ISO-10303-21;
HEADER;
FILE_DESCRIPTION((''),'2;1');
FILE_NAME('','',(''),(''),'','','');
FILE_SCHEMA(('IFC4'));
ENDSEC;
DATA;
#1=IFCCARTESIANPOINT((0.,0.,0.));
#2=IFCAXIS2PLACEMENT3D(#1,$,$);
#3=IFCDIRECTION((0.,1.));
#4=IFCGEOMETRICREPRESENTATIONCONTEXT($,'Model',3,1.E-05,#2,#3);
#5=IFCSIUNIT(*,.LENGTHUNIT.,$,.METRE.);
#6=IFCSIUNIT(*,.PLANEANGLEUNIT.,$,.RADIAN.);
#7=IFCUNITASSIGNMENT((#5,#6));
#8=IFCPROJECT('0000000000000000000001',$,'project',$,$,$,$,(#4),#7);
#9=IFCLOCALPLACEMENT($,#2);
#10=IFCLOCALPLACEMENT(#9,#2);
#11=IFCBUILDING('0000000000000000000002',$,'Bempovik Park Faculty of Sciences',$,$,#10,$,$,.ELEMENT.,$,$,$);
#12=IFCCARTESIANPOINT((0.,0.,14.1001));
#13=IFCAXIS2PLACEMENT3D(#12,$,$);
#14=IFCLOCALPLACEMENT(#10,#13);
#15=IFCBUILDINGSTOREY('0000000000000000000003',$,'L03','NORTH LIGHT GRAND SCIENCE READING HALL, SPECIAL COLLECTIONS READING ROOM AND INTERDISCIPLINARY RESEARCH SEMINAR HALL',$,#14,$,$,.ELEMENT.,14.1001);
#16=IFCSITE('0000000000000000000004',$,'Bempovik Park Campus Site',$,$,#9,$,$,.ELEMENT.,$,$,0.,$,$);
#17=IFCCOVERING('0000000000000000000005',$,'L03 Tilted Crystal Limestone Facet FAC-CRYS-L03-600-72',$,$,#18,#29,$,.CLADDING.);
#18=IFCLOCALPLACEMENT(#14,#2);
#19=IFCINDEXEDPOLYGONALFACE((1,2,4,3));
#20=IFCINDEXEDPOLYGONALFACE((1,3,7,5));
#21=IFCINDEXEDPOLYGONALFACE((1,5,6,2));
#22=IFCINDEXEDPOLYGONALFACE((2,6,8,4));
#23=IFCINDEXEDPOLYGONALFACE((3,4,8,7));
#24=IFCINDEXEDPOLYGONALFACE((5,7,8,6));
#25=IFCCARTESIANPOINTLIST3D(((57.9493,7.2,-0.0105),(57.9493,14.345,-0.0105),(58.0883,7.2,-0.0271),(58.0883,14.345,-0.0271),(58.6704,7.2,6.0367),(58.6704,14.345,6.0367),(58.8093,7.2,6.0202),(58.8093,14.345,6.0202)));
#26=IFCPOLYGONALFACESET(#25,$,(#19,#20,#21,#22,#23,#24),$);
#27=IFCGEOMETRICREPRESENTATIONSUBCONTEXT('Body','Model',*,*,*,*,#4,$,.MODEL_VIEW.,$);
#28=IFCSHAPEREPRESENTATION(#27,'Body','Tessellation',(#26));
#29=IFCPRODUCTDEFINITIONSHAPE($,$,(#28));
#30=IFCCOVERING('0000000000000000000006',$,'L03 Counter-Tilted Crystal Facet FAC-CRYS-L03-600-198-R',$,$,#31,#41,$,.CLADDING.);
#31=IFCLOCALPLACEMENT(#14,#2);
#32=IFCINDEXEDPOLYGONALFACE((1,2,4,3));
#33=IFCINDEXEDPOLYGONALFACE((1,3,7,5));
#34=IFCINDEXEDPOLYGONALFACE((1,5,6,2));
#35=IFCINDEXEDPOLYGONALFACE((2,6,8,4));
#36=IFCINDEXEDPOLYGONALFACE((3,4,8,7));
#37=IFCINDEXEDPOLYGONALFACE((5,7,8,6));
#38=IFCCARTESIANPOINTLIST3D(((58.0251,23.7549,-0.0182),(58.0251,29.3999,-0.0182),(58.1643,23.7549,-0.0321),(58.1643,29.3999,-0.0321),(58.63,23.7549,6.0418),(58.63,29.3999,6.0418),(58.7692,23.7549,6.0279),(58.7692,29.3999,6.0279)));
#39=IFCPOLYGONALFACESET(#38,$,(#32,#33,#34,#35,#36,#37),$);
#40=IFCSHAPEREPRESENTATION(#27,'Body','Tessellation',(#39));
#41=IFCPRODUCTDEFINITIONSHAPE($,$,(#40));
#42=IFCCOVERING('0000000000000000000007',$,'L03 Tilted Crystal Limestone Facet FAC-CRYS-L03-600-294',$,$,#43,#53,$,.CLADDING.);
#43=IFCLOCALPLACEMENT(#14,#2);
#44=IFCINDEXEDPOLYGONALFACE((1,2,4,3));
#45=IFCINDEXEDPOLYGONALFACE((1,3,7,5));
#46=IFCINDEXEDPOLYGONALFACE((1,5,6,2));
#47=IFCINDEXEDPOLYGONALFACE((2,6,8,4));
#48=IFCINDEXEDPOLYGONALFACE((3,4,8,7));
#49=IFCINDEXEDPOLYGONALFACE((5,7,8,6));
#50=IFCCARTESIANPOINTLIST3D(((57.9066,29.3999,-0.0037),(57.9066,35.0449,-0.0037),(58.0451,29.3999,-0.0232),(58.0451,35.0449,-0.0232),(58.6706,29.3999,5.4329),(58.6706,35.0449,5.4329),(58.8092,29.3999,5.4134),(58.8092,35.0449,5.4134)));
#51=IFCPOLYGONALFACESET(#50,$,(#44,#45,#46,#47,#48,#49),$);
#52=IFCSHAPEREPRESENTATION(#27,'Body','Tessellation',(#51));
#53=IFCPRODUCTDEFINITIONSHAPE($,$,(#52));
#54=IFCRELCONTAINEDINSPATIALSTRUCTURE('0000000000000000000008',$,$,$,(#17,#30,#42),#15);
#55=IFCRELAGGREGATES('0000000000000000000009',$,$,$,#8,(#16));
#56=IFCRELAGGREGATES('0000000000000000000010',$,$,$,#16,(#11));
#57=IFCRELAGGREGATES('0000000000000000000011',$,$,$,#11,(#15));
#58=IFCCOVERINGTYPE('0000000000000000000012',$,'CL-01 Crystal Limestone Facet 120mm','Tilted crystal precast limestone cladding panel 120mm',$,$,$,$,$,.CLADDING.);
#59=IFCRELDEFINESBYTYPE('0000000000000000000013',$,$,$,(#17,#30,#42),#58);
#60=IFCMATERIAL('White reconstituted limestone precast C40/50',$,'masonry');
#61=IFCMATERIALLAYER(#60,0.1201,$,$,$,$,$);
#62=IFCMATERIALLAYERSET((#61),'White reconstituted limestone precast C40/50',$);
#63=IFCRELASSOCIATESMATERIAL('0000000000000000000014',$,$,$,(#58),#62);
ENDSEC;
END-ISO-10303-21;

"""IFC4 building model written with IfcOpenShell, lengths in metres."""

from ifc_helpers import new_model, si_unit, direction, frame, origin, origin_2d, place, context, subcontext, project, spatial, rectangle, extrude, material, layer, layer_set, type_object, element, save


model = new_model("IFC4")

# Units and contexts
model_context = context("Model", 3, precision=1e-05, world=origin(), true_north=direction((0.0, 1.0)))
body_context = subcontext(model_context, "Body", "Model", "MODEL_VIEW")
ifc_project = project(units=[si_unit("LENGTHUNIT", "METRE"), si_unit("PLANEANGLEUNIT", "RADIAN")], contexts=[model_context])

# Site, building, storey
site_placement = place(None, origin())
site = spatial("IfcSite", under=ifc_project, at=site_placement, Name="Bempovik Park Campus Site", CompositionType="ELEMENT", RefElevation=0.0)
building_placement = place(site_placement, origin())
building = spatial("IfcBuilding", under=site, at=building_placement, Name="Bempovik Park Faculty of Sciences", CompositionType="ELEMENT")
storey_placement = place(building_placement, frame((0.0, 0.0, 14.1001)))
storey = spatial("IfcBuildingStorey", under=building, at=storey_placement, Name="L03", Description="NORTH LIGHT GRAND SCIENCE READING HALL, SPECIAL COLLECTIONS READING ROOM AND INTERDISCIPLINARY RESEARCH SEMINAR HALL", CompositionType="ELEMENT", Elevation=14.1001)

# Coverings
ifc_material_1 = material(Name="White reconstituted limestone precast C40/50", Category="masonry")
ifc_layer_1 = layer(ifc_material_1, 0.1201)
ifc_layer_set_1 = layer_set([ifc_layer_1], Name="White reconstituted limestone precast C40/50")
covering_type = type_object("IfcCoveringType", Name="CL-01 Crystal Limestone Facet 120mm", Description="Tilted crystal precast limestone cladding panel 120mm", PredefinedType="CLADDING", material=ifc_layer_set_1)
covering_1_placement = place(storey_placement, frame((58.0188, 10.7725, -0.0188), z_axis=(0.118404, 0.0, 0.992966), x_axis=(0.0, 1.0, 0.0)))
element("IfcCovering", 1, at=covering_1_placement, inside=storey, type_object=covering_type, Name="L03 Tilted Crystal Limestone Facet FAC-CRYS-L03-600-72", PredefinedType="CLADDING", context=body_context, shape_type="SweptSolid", body=[
    extrude(rectangle(XDim=7.145, YDim=0.1399, at=origin_2d()), origin(), (0.0, 0.0, 1.0), 6.0901),
])
covering_2_placement = place(storey_placement, frame((58.0947, 26.5774, -0.0251), z_axis=(0.09932, 0.0, 0.995056), x_axis=(0.0, 1.0, 0.0)))
element("IfcCovering", 2, at=covering_2_placement, inside=storey, type_object=covering_type, Name="L03 Counter-Tilted Crystal Facet FAC-CRYS-L03-600-198-R", PredefinedType="CLADDING", context=body_context, shape_type="SweptSolid", body=[
    extrude(rectangle(XDim=5.645, YDim=0.1399, at=origin_2d()), origin(), (0.0, 0.0, 1.0), 6.0901),
])
covering_3_placement = place(storey_placement, frame((57.9758, 32.2224, -0.0134), z_axis=(0.139173, 0.0, 0.990268), x_axis=(0.0, 1.0, 0.0)))
element("IfcCovering", 3, at=covering_3_placement, inside=storey, type_object=covering_type, Name="L03 Tilted Crystal Limestone Facet FAC-CRYS-L03-600-294", PredefinedType="CLADDING", context=body_context, shape_type="SweptSolid", body=[
    extrude(rectangle(XDim=5.645, YDim=0.1399, at=origin_2d()), origin(), (0.0, 0.0, 1.0), 5.49),
])

save(model, "model.ifc")
